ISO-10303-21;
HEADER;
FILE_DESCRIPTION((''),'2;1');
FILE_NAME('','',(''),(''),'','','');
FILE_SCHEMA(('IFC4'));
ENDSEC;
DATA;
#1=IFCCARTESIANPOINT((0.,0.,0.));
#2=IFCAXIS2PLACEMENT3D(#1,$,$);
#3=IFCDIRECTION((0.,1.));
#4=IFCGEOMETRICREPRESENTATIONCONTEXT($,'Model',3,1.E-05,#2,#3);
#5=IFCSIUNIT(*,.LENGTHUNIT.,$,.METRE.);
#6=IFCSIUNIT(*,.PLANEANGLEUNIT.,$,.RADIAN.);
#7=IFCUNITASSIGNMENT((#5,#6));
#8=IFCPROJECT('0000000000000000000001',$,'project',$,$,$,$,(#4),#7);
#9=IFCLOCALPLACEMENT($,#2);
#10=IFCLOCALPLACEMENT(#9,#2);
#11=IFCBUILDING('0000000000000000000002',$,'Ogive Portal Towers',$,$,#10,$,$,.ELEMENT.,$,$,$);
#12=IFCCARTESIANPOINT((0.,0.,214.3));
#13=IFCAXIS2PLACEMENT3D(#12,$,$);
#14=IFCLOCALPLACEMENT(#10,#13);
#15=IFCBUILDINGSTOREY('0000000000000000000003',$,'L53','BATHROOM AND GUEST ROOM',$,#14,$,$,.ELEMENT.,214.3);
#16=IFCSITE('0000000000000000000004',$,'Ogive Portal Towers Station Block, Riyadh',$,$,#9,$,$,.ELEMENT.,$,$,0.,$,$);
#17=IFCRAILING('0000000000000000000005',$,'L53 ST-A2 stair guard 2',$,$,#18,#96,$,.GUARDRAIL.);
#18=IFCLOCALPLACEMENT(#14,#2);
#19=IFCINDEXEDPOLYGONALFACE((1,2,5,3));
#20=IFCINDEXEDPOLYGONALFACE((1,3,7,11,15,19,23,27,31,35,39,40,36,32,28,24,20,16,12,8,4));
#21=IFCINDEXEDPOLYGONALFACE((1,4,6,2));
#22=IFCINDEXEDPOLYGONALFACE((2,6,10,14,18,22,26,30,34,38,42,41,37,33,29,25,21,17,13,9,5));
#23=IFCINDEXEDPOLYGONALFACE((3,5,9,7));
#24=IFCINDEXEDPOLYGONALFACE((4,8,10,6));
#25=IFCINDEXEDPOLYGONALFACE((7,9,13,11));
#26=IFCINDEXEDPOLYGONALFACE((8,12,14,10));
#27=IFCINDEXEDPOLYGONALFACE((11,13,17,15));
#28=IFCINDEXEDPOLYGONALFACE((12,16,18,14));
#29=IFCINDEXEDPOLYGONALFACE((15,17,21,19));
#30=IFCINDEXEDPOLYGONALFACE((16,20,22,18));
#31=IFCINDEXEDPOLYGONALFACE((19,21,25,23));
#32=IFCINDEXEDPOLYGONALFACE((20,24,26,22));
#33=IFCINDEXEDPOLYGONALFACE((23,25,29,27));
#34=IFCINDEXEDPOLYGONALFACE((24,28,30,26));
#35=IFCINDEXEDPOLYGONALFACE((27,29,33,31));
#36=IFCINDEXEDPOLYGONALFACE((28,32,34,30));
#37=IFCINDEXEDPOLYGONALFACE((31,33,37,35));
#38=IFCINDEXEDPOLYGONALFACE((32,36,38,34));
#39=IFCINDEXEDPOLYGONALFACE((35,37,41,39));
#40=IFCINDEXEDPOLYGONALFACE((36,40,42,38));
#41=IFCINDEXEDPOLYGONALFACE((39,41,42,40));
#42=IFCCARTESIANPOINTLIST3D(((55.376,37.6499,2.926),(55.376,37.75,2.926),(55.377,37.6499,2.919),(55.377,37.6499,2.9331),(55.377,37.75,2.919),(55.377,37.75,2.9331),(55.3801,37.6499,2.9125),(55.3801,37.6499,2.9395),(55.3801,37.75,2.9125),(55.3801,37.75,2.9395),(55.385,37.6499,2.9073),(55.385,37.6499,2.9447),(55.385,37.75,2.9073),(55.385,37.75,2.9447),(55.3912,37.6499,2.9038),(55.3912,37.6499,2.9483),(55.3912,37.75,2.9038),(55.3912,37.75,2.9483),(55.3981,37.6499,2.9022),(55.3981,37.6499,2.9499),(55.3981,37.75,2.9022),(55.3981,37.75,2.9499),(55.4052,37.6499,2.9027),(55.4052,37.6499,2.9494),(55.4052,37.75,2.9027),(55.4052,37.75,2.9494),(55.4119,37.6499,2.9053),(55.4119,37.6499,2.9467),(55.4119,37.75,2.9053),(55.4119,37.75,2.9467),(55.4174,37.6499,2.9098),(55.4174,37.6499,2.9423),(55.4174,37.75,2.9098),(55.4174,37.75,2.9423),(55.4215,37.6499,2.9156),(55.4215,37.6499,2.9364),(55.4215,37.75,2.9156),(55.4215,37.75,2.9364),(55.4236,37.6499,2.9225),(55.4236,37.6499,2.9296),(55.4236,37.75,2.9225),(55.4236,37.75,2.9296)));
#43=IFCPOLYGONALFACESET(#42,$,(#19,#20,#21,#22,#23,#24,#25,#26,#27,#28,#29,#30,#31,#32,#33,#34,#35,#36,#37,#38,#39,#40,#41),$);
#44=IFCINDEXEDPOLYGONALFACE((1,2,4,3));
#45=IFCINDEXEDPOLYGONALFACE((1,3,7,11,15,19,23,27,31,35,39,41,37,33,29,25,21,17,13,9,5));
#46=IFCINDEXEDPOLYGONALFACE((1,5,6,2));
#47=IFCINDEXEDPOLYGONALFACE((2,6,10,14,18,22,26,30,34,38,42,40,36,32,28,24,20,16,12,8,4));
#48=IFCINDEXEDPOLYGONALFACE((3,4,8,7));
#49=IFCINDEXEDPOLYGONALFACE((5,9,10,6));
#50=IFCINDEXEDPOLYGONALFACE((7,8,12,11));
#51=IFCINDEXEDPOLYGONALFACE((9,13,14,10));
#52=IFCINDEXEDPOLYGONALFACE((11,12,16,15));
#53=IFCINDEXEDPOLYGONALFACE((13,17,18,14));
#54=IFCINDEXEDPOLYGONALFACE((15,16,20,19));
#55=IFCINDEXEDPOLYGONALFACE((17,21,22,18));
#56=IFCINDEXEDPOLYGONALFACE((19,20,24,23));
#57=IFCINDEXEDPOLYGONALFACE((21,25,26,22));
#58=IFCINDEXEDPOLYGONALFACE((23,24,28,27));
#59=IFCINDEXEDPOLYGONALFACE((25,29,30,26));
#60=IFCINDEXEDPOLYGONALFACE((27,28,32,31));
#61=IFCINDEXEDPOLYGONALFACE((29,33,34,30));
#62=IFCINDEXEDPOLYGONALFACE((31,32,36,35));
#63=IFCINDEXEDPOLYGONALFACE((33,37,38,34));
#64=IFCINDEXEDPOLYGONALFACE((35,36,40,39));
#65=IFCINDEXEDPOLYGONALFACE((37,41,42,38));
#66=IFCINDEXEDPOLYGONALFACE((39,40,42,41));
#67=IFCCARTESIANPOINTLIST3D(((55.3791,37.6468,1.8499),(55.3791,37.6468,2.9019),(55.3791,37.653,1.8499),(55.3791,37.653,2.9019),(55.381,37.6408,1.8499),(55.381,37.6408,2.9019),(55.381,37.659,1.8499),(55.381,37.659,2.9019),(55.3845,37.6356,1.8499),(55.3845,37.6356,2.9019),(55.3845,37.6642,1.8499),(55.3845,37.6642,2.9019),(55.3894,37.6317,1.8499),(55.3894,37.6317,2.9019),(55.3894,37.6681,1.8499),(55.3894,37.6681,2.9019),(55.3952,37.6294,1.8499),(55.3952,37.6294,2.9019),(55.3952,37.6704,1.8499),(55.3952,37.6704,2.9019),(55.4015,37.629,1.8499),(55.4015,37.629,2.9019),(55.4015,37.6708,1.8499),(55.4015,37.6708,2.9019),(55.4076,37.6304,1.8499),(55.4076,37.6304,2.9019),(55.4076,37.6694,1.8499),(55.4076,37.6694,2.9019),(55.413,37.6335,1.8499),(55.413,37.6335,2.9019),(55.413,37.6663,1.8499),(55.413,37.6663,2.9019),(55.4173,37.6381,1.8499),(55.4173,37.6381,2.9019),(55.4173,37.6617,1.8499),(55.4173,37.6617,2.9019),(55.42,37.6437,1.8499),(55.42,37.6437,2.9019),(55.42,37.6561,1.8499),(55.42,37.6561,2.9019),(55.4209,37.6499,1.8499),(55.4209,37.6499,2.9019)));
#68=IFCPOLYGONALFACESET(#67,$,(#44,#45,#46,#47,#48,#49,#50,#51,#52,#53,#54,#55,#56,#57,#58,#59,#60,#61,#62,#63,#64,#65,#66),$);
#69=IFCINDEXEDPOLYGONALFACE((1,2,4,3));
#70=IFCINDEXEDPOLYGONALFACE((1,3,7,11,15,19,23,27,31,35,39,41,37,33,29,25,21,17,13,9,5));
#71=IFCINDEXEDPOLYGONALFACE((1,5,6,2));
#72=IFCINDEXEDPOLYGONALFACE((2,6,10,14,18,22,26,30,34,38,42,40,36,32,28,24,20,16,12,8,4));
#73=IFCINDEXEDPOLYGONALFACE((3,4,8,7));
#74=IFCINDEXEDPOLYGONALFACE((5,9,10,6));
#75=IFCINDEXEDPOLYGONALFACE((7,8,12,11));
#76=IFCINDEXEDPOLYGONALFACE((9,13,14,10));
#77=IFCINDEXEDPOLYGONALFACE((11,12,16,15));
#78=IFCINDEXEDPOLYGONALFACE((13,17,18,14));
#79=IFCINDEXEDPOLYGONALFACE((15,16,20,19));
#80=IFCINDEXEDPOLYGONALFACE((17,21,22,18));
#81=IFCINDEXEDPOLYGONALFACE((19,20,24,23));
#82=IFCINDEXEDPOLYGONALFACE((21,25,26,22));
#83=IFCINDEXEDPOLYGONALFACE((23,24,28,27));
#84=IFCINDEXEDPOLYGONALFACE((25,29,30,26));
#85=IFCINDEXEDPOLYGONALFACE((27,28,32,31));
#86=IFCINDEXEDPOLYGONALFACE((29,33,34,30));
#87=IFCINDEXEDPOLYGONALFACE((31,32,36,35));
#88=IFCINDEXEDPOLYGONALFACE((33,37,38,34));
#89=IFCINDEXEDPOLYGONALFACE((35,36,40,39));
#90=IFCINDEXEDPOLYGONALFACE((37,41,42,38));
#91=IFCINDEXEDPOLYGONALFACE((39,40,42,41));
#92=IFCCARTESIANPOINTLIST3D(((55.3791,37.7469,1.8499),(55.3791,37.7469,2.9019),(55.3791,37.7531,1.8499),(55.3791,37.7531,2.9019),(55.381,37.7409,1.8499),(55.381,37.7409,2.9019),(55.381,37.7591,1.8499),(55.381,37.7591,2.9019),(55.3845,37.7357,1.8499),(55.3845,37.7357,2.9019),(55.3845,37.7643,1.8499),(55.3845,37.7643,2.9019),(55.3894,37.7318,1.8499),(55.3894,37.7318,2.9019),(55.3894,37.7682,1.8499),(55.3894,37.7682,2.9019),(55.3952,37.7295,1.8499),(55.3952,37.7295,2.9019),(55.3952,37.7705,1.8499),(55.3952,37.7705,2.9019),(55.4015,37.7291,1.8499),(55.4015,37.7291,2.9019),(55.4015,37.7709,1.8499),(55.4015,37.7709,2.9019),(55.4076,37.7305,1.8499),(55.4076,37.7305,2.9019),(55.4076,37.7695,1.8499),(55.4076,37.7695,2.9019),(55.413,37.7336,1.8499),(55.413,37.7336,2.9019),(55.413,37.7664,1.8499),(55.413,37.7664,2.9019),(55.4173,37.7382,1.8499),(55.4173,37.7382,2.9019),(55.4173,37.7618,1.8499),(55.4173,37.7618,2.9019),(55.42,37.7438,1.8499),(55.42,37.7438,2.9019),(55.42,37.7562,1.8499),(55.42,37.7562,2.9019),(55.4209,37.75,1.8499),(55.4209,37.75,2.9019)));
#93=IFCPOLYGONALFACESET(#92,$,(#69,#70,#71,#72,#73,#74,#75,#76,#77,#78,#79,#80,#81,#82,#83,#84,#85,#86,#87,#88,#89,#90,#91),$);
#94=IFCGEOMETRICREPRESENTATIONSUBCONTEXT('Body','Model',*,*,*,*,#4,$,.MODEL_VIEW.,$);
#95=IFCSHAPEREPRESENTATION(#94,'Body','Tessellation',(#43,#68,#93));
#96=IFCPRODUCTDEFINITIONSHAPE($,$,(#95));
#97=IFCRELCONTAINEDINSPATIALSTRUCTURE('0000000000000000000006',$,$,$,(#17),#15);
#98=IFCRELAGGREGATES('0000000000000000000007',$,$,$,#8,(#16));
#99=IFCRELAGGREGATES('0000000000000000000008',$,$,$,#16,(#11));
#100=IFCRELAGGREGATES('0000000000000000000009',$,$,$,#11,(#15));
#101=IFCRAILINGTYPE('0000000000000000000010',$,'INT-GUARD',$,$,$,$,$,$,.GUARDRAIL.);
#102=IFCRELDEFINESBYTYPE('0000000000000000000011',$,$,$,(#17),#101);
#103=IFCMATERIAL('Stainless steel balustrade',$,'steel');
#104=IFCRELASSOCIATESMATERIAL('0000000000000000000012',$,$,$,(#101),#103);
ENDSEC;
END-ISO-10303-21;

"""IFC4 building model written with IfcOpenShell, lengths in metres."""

from ifc_helpers import new_model, si_unit, direction, frame, origin, origin_2d, place, context, subcontext, project, spatial, circle, extrude, material, type_object, element, save


model = new_model("IFC4")

# Units and contexts
model_context = context("Model", 3, precision=1e-05, world=origin(), true_north=direction((0.0, 1.0)))
body_context = subcontext(model_context, "Body", "Model", "MODEL_VIEW")
ifc_project = project(units=[si_unit("LENGTHUNIT", "METRE"), si_unit("PLANEANGLEUNIT", "RADIAN")], contexts=[model_context])

# Site, building, storey
site_placement = place(None, origin())
site = spatial("IfcSite", under=ifc_project, at=site_placement, Name="Ogive Portal Towers Station Block, Riyadh", CompositionType="ELEMENT", RefElevation=0.0)
building_placement = place(site_placement, origin())
building = spatial("IfcBuilding", under=site, at=building_placement, Name="Ogive Portal Towers", CompositionType="ELEMENT")
storey_placement = place(building_placement, frame((0.0, 0.0, 214.3)))
storey = spatial("IfcBuildingStorey", under=building, at=storey_placement, Name="L53", Description="BATHROOM AND GUEST ROOM", CompositionType="ELEMENT", Elevation=214.3)

# Railing
ifc_material_1 = material(Name="Stainless steel balustrade", Category="steel")
railing_type_1 = type_object("IfcRailingType", Name="INT-GUARD", PredefinedType="GUARDRAIL", material=ifc_material_1)
railing_1_placement = place(storey_placement, frame((55.3999, 37.6499, 1.8499)))
element("IfcRailing", 1, at=railing_1_placement, inside=storey, type_object=railing_type_1, Name="L53 ST-A2 stair guard 2", PredefinedType="GUARDRAIL", context=body_context, shape_type="SweptSolid", body=[
    extrude(circle(Radius=0.0239, at=origin_2d()), frame((0.0, 0.0, 1.0762), z_axis=(0.0, 1.0, 0.0), x_axis=(-1.0, 0.0, 0.0)), (0.0, 0.0, 1.0), 0.1001),
    extrude(circle(Radius=0.021, at=origin_2d()), origin(), (0.0, 0.0, 1.0), 1.052),
    extrude(circle(Radius=0.021, at=origin_2d()), frame((0.0, 0.1001, 0.0)), (0.0, 0.0, 1.0), 1.052),
])

save(model, "model.ifc")
